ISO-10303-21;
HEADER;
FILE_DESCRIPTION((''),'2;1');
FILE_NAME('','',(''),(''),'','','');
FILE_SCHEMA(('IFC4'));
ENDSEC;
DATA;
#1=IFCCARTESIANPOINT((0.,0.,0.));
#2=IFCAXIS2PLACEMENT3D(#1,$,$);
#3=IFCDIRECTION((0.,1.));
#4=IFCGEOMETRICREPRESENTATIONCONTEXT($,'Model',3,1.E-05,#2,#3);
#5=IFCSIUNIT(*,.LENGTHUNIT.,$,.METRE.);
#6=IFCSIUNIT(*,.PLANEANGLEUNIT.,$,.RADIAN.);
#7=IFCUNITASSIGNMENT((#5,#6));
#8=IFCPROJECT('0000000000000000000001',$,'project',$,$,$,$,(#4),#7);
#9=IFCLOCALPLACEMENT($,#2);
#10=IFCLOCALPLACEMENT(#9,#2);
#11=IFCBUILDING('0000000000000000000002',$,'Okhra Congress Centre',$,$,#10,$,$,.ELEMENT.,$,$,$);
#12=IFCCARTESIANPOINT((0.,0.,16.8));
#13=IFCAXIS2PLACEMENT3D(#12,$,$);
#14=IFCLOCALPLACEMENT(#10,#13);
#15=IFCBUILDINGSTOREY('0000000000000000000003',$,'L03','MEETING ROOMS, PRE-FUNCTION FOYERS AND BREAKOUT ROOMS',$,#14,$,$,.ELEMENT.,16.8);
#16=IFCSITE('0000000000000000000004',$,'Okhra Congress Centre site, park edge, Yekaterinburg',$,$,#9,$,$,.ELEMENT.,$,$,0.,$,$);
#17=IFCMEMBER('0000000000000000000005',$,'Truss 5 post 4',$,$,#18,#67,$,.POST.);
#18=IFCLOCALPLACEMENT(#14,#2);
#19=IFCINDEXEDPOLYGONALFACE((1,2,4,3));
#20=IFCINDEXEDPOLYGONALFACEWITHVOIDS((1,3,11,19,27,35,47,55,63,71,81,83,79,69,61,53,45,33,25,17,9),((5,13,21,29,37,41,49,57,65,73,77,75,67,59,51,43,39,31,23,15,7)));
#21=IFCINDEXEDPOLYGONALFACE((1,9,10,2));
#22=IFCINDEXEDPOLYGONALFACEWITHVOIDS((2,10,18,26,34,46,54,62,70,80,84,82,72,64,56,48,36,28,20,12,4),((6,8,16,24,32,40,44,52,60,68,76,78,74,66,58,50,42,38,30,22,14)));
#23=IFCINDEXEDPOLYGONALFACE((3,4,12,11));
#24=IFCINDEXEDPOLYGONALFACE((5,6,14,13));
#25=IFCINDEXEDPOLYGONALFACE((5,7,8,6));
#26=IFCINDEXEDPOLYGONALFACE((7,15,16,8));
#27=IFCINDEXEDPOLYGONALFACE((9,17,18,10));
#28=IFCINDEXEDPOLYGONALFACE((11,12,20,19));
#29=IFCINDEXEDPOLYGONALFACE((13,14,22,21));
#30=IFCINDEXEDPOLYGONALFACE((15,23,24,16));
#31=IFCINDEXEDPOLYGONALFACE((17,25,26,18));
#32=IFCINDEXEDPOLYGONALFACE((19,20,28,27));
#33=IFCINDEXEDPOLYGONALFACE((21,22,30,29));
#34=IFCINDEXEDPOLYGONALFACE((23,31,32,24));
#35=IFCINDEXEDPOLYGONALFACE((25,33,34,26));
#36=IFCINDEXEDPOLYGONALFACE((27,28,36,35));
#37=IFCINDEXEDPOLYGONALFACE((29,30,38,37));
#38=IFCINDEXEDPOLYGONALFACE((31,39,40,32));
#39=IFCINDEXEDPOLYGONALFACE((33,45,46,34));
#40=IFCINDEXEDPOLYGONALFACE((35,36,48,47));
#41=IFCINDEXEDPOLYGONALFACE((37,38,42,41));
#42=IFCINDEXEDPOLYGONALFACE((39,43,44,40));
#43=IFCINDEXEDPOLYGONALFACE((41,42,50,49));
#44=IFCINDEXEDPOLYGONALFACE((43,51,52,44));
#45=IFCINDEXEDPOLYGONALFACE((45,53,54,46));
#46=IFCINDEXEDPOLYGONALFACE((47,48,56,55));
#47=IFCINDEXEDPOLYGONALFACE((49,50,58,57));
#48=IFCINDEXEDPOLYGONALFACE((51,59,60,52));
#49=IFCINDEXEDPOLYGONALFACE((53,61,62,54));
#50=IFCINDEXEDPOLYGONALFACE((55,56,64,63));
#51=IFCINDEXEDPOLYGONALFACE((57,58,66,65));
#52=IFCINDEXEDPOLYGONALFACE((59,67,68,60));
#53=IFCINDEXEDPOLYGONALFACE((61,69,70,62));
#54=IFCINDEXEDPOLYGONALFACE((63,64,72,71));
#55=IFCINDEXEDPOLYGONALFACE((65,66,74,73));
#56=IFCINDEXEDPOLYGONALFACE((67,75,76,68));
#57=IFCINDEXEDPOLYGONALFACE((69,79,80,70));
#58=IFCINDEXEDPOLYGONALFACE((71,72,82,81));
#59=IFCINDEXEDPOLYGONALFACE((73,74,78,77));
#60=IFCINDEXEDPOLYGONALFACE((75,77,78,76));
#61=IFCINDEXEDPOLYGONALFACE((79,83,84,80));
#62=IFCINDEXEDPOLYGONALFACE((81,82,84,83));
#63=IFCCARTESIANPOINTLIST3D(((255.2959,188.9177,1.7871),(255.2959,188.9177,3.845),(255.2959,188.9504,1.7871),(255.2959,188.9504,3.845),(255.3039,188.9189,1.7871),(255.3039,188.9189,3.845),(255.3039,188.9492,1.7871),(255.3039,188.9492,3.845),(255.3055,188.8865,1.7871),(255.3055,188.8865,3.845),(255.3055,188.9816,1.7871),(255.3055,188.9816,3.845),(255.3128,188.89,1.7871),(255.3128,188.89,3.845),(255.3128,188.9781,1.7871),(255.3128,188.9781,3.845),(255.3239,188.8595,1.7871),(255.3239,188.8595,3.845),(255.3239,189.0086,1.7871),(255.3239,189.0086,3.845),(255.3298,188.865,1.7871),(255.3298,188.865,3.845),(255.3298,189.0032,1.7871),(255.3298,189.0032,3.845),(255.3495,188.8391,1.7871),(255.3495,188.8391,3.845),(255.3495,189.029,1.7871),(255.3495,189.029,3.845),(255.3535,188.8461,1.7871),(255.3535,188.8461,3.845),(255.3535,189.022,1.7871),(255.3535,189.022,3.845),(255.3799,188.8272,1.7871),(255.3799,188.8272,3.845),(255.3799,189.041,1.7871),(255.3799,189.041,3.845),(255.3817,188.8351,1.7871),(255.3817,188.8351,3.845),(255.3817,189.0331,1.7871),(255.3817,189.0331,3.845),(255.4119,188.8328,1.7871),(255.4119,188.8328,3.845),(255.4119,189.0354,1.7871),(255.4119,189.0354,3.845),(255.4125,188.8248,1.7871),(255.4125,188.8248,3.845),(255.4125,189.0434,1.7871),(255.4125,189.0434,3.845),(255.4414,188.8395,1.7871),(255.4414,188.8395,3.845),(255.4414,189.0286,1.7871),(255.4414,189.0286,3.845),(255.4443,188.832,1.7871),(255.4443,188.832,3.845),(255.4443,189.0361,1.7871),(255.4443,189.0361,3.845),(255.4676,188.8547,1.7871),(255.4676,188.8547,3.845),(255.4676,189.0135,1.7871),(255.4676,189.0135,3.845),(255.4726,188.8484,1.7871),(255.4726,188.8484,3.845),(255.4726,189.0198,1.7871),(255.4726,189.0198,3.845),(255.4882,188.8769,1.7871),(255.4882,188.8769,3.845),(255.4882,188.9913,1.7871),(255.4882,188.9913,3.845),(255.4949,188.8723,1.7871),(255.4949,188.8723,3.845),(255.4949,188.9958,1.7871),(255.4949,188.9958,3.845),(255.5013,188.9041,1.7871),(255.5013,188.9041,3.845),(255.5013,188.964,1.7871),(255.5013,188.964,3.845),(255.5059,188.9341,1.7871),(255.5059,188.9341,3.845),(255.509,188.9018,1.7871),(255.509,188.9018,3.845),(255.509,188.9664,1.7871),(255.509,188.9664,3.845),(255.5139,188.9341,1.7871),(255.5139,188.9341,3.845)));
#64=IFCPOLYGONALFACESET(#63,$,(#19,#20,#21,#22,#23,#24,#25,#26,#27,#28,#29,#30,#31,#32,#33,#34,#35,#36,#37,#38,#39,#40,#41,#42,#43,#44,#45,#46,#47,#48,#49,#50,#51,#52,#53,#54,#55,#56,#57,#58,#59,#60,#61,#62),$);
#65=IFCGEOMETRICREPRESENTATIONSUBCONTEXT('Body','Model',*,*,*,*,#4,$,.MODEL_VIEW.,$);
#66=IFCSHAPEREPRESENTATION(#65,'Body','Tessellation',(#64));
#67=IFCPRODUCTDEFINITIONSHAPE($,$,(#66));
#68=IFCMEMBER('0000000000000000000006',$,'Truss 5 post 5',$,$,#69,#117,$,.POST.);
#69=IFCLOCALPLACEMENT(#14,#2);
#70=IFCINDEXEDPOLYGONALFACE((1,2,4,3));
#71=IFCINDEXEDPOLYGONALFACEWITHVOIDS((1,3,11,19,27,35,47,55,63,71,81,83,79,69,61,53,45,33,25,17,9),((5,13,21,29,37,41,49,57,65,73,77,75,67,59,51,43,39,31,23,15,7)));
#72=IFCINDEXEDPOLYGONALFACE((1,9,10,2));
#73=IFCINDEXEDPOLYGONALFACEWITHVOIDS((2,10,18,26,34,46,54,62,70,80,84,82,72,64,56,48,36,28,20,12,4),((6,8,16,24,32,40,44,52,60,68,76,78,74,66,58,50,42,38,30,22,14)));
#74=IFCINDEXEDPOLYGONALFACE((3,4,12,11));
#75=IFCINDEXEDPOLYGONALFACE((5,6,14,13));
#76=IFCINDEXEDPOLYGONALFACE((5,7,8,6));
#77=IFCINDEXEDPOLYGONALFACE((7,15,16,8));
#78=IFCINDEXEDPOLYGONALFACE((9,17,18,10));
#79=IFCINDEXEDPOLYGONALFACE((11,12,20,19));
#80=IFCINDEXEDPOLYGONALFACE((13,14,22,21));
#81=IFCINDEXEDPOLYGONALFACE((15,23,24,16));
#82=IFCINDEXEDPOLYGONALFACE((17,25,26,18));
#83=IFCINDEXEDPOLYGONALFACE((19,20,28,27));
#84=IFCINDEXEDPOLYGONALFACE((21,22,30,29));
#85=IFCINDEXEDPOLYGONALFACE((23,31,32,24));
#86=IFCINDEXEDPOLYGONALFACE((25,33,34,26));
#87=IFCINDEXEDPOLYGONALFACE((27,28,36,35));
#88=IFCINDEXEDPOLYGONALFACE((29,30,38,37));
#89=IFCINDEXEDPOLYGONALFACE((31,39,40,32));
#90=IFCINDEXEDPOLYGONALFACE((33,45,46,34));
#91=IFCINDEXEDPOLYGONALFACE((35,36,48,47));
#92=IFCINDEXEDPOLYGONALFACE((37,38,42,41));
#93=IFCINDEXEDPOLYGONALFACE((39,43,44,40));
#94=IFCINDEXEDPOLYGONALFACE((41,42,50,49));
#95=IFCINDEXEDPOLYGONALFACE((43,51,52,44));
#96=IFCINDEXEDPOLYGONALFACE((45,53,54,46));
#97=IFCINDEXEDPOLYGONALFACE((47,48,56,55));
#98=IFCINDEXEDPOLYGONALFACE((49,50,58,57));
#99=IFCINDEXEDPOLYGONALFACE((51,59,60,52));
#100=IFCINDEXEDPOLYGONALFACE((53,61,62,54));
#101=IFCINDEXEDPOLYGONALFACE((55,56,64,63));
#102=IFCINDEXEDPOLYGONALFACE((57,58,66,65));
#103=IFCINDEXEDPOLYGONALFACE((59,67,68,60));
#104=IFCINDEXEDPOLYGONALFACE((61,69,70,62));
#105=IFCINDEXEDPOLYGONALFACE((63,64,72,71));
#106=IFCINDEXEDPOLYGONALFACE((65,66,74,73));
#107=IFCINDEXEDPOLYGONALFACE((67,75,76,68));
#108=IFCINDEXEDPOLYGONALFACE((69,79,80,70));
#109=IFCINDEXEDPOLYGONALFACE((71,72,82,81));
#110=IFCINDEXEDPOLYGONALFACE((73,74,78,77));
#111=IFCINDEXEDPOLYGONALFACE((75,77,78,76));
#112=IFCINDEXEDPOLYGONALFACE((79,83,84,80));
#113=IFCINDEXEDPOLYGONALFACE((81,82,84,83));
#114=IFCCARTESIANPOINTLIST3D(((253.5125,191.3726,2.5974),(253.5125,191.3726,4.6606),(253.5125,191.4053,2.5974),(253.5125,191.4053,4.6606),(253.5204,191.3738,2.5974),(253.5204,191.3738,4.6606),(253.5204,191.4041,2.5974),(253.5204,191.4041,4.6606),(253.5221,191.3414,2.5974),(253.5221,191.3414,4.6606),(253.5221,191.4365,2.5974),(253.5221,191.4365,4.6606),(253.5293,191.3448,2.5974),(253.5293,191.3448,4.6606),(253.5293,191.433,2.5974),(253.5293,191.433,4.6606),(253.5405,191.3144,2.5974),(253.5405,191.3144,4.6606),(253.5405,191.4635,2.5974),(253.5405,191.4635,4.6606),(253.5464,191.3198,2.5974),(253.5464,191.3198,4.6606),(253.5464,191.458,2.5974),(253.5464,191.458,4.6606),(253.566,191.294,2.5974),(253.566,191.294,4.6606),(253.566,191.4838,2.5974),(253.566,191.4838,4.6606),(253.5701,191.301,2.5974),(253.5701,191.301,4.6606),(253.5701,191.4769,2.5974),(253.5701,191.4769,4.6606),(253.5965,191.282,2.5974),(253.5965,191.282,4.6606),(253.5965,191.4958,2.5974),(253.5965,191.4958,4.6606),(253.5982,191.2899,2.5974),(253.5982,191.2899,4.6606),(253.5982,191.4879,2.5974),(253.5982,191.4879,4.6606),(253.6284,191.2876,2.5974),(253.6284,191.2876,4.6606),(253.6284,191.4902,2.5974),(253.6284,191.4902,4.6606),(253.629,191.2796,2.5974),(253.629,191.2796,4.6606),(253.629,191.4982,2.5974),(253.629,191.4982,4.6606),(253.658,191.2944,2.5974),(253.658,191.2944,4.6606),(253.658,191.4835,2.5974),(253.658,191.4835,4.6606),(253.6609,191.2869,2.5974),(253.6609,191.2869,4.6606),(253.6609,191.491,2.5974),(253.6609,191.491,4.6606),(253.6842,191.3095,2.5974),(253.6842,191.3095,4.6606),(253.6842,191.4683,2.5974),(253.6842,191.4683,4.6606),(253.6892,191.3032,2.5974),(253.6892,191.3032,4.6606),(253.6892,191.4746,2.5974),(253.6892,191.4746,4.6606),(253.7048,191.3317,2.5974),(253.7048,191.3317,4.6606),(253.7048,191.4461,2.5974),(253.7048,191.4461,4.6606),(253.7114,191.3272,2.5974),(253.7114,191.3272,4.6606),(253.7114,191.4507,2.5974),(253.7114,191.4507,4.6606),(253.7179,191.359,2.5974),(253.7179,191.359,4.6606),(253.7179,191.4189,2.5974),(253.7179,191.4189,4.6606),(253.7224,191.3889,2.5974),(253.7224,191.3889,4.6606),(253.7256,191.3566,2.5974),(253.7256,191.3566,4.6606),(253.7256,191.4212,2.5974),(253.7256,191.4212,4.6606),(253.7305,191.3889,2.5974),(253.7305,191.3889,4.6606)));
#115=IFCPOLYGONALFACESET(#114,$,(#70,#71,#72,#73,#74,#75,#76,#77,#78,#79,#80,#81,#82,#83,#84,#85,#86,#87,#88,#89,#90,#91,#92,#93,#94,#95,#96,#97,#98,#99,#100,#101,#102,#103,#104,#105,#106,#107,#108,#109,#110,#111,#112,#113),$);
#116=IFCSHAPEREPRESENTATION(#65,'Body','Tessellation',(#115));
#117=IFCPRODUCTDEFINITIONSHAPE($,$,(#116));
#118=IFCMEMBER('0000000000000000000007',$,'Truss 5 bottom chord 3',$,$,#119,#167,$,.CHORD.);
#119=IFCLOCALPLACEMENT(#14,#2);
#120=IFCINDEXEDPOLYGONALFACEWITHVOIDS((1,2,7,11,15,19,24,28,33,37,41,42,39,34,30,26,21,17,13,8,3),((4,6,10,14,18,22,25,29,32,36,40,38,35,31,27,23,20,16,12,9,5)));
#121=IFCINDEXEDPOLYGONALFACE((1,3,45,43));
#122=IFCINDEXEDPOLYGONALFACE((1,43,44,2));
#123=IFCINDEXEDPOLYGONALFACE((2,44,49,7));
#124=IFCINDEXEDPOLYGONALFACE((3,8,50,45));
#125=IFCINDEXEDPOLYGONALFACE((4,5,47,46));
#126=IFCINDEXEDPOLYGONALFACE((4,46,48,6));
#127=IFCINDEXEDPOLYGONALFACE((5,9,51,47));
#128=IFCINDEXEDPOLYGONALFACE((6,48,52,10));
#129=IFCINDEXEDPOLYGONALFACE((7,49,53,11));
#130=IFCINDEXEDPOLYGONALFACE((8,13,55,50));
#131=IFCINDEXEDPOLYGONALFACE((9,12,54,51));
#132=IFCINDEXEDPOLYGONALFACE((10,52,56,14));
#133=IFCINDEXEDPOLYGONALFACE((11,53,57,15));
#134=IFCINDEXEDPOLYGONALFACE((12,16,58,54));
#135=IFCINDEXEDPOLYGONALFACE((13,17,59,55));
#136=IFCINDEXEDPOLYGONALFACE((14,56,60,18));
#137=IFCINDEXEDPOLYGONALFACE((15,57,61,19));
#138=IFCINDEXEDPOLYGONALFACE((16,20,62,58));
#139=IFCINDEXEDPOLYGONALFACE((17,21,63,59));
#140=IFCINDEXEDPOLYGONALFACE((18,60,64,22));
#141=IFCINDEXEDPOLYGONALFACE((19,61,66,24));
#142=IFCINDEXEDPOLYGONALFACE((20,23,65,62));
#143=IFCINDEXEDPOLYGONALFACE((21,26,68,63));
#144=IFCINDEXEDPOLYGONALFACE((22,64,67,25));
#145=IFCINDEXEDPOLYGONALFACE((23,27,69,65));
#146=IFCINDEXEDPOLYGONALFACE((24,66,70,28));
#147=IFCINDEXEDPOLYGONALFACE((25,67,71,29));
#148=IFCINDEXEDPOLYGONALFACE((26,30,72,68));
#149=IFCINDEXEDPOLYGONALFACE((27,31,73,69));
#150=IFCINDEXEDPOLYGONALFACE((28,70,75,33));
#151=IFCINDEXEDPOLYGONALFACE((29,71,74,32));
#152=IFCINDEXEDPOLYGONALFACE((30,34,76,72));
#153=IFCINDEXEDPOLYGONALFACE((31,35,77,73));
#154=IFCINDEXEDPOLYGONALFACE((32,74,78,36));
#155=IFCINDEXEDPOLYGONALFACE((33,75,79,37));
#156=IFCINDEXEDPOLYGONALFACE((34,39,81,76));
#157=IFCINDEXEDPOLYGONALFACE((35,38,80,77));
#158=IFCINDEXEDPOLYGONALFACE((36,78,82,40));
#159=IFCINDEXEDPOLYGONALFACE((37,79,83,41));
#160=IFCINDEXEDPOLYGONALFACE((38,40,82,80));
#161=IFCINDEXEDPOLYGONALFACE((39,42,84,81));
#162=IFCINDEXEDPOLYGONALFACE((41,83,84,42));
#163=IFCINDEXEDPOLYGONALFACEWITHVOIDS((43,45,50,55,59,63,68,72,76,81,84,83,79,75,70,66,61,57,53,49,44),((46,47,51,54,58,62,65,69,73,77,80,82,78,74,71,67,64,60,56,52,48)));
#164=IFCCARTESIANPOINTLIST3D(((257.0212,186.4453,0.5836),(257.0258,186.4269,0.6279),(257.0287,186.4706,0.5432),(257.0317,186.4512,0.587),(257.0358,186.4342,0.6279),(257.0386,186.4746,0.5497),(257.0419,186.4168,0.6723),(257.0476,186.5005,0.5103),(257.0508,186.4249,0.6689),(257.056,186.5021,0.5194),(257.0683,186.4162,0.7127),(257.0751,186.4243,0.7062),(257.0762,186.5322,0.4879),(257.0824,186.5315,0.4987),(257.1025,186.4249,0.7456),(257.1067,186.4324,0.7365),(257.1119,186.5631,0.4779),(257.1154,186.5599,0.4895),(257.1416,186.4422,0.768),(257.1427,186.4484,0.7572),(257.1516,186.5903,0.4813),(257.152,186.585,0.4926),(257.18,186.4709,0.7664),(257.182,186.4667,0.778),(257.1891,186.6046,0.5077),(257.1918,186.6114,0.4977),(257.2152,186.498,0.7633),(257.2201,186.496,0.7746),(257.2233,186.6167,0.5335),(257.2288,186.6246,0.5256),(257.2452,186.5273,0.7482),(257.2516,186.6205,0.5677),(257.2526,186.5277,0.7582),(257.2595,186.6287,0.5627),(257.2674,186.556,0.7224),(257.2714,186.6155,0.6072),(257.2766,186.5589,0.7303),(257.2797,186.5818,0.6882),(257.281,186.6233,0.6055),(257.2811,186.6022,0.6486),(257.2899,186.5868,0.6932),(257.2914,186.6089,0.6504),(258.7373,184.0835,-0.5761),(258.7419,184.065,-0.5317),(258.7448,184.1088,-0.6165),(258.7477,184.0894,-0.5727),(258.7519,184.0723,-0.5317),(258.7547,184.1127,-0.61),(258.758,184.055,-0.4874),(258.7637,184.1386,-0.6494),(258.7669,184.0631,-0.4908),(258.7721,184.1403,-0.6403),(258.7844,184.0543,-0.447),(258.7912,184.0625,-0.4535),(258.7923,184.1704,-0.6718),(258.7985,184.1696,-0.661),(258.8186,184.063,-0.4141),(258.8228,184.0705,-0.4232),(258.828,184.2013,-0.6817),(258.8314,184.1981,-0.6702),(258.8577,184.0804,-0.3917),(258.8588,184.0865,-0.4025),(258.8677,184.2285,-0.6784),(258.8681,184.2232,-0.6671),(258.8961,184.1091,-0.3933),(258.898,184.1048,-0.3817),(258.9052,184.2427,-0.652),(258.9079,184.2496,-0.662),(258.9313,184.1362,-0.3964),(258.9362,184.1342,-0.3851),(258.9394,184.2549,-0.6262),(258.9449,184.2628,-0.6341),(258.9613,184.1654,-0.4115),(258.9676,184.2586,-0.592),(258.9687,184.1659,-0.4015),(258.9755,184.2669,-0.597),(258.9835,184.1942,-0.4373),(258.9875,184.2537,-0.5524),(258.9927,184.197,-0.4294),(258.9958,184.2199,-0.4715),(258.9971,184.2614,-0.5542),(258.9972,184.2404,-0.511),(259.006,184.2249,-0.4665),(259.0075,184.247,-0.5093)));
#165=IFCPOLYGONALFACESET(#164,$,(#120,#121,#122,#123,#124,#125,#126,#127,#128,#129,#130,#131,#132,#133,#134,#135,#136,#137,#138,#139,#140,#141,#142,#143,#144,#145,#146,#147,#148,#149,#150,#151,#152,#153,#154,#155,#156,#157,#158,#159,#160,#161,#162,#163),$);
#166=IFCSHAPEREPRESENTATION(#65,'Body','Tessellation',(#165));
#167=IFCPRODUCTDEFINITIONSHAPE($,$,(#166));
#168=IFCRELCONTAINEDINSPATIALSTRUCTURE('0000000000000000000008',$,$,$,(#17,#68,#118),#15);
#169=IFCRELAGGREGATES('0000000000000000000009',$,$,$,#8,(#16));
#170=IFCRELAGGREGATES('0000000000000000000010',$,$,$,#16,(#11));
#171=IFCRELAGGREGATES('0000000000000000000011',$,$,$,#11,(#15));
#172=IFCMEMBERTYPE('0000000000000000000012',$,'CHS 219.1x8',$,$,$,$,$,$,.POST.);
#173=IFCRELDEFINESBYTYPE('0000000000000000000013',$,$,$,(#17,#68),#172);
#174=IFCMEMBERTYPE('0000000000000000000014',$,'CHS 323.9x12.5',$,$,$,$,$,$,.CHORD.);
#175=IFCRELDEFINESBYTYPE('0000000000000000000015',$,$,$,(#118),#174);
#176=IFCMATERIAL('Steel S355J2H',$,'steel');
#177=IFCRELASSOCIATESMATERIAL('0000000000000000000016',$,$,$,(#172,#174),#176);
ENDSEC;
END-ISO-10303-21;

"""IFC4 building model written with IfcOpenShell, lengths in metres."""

from ifc_helpers import new_model, si_unit, direction, frame, origin, origin_2d, place, context, subcontext, project, spatial, hollow_circle, extrude, material, material_profile, profile_set, type_object, element, save


model = new_model("IFC4")

# Units and contexts
model_context = context("Model", 3, precision=1e-05, world=origin(), true_north=direction((0.0, 1.0)))
body_context = subcontext(model_context, "Body", "Model", "MODEL_VIEW")
ifc_project = project(units=[si_unit("LENGTHUNIT", "METRE"), si_unit("PLANEANGLEUNIT", "RADIAN")], contexts=[model_context])

# Site, building, storey
site_placement = place(None, origin())
site = spatial("IfcSite", under=ifc_project, at=site_placement, Name="Okhra Congress Centre site, park edge, Yekaterinburg", CompositionType="ELEMENT", RefElevation=0.0)
building_placement = place(site_placement, origin())
building = spatial("IfcBuilding", under=site, at=building_placement, Name="Okhra Congress Centre", CompositionType="ELEMENT")
storey_placement = place(building_placement, frame((0.0, 0.0, 16.8)))
storey = spatial("IfcBuildingStorey", under=building, at=storey_placement, Name="L03", Description="MEETING ROOMS, PRE-FUNCTION FOYERS AND BREAKOUT ROOMS", CompositionType="ELEMENT", Elevation=16.8)

# Members
ifc_material_1 = material(Name="Steel S355J2H", Category="steel")
ifc_material_profile_1 = material_profile(ifc_material_1, hollow_circle(Radius=0.1096, WallThickness=0.0081, at=origin_2d()), Name="CHS 219.1x8")
ifc_profile_set_1 = profile_set([ifc_material_profile_1], Name="Steel S355J2H")
member_type_1 = type_object("IfcMemberType", Name="CHS 219.1x8", PredefinedType="POST", material=ifc_profile_set_1)
member_1_placement = place(storey_placement, frame((255.4043, 188.9341, 1.7871), z_axis=(0.0, 0.0, 1.0), x_axis=(1.0, 0.0, 0.0)))
element("IfcMember", 1, at=member_1_placement, inside=storey, type_object=member_type_1, Name="Truss 5 post 4", PredefinedType="POST", context=body_context, shape_type="SweptSolid", body=[
    extrude(hollow_circle(Radius=0.1096, WallThickness=0.0081, at=origin_2d()), origin(), (0.0, 0.0, 1.0), 2.0579),
])
member_2_placement = place(storey_placement, frame((253.6208, 191.3889, 2.5974), z_axis=(0.0, 0.0, 1.0), x_axis=(1.0, 0.0, 0.0)))
element("IfcMember", 2, at=member_2_placement, inside=storey, type_object=member_type_1, Name="Truss 5 post 5", PredefinedType="POST", context=body_context, shape_type="SweptSolid", body=[
    extrude(hollow_circle(Radius=0.1096, WallThickness=0.0081, at=origin_2d()), origin(), (0.0, 0.0, 1.0), 2.0632),
])
ifc_material_profile_2 = material_profile(ifc_material_1, hollow_circle(Radius=0.1619, WallThickness=0.0125, at=origin_2d()), Name="CHS 323.9x12.5")
ifc_profile_set_2 = profile_set([ifc_material_profile_2], Name="Steel S355J2H")
member_type_2 = type_object("IfcMemberType", Name="CHS 323.9x12.5", PredefinedType="CHORD", material=ifc_profile_set_2)
for number, where, z_axis, x_axis, name in (
    (3, (258.8728, 184.1602, -0.5317), (-0.546288, 0.751855, 0.369166), (-0.809, -0.587809, 0.0), "Truss 5 bottom chord 3"),
):
    element("IfcMember", number, at=place(storey_placement, frame(where, z_axis=z_axis, x_axis=x_axis)), inside=storey, type_object=member_type_2, Name=name, PredefinedType="CHORD", context=body_context, shape_type="SweptSolid", body=[
        extrude(hollow_circle(Radius=0.1619, WallThickness=0.0125, at=origin_2d()), origin(), (0.0, 0.0, 1.0), 3.1414),
    ])

save(model, "model.ifc")
